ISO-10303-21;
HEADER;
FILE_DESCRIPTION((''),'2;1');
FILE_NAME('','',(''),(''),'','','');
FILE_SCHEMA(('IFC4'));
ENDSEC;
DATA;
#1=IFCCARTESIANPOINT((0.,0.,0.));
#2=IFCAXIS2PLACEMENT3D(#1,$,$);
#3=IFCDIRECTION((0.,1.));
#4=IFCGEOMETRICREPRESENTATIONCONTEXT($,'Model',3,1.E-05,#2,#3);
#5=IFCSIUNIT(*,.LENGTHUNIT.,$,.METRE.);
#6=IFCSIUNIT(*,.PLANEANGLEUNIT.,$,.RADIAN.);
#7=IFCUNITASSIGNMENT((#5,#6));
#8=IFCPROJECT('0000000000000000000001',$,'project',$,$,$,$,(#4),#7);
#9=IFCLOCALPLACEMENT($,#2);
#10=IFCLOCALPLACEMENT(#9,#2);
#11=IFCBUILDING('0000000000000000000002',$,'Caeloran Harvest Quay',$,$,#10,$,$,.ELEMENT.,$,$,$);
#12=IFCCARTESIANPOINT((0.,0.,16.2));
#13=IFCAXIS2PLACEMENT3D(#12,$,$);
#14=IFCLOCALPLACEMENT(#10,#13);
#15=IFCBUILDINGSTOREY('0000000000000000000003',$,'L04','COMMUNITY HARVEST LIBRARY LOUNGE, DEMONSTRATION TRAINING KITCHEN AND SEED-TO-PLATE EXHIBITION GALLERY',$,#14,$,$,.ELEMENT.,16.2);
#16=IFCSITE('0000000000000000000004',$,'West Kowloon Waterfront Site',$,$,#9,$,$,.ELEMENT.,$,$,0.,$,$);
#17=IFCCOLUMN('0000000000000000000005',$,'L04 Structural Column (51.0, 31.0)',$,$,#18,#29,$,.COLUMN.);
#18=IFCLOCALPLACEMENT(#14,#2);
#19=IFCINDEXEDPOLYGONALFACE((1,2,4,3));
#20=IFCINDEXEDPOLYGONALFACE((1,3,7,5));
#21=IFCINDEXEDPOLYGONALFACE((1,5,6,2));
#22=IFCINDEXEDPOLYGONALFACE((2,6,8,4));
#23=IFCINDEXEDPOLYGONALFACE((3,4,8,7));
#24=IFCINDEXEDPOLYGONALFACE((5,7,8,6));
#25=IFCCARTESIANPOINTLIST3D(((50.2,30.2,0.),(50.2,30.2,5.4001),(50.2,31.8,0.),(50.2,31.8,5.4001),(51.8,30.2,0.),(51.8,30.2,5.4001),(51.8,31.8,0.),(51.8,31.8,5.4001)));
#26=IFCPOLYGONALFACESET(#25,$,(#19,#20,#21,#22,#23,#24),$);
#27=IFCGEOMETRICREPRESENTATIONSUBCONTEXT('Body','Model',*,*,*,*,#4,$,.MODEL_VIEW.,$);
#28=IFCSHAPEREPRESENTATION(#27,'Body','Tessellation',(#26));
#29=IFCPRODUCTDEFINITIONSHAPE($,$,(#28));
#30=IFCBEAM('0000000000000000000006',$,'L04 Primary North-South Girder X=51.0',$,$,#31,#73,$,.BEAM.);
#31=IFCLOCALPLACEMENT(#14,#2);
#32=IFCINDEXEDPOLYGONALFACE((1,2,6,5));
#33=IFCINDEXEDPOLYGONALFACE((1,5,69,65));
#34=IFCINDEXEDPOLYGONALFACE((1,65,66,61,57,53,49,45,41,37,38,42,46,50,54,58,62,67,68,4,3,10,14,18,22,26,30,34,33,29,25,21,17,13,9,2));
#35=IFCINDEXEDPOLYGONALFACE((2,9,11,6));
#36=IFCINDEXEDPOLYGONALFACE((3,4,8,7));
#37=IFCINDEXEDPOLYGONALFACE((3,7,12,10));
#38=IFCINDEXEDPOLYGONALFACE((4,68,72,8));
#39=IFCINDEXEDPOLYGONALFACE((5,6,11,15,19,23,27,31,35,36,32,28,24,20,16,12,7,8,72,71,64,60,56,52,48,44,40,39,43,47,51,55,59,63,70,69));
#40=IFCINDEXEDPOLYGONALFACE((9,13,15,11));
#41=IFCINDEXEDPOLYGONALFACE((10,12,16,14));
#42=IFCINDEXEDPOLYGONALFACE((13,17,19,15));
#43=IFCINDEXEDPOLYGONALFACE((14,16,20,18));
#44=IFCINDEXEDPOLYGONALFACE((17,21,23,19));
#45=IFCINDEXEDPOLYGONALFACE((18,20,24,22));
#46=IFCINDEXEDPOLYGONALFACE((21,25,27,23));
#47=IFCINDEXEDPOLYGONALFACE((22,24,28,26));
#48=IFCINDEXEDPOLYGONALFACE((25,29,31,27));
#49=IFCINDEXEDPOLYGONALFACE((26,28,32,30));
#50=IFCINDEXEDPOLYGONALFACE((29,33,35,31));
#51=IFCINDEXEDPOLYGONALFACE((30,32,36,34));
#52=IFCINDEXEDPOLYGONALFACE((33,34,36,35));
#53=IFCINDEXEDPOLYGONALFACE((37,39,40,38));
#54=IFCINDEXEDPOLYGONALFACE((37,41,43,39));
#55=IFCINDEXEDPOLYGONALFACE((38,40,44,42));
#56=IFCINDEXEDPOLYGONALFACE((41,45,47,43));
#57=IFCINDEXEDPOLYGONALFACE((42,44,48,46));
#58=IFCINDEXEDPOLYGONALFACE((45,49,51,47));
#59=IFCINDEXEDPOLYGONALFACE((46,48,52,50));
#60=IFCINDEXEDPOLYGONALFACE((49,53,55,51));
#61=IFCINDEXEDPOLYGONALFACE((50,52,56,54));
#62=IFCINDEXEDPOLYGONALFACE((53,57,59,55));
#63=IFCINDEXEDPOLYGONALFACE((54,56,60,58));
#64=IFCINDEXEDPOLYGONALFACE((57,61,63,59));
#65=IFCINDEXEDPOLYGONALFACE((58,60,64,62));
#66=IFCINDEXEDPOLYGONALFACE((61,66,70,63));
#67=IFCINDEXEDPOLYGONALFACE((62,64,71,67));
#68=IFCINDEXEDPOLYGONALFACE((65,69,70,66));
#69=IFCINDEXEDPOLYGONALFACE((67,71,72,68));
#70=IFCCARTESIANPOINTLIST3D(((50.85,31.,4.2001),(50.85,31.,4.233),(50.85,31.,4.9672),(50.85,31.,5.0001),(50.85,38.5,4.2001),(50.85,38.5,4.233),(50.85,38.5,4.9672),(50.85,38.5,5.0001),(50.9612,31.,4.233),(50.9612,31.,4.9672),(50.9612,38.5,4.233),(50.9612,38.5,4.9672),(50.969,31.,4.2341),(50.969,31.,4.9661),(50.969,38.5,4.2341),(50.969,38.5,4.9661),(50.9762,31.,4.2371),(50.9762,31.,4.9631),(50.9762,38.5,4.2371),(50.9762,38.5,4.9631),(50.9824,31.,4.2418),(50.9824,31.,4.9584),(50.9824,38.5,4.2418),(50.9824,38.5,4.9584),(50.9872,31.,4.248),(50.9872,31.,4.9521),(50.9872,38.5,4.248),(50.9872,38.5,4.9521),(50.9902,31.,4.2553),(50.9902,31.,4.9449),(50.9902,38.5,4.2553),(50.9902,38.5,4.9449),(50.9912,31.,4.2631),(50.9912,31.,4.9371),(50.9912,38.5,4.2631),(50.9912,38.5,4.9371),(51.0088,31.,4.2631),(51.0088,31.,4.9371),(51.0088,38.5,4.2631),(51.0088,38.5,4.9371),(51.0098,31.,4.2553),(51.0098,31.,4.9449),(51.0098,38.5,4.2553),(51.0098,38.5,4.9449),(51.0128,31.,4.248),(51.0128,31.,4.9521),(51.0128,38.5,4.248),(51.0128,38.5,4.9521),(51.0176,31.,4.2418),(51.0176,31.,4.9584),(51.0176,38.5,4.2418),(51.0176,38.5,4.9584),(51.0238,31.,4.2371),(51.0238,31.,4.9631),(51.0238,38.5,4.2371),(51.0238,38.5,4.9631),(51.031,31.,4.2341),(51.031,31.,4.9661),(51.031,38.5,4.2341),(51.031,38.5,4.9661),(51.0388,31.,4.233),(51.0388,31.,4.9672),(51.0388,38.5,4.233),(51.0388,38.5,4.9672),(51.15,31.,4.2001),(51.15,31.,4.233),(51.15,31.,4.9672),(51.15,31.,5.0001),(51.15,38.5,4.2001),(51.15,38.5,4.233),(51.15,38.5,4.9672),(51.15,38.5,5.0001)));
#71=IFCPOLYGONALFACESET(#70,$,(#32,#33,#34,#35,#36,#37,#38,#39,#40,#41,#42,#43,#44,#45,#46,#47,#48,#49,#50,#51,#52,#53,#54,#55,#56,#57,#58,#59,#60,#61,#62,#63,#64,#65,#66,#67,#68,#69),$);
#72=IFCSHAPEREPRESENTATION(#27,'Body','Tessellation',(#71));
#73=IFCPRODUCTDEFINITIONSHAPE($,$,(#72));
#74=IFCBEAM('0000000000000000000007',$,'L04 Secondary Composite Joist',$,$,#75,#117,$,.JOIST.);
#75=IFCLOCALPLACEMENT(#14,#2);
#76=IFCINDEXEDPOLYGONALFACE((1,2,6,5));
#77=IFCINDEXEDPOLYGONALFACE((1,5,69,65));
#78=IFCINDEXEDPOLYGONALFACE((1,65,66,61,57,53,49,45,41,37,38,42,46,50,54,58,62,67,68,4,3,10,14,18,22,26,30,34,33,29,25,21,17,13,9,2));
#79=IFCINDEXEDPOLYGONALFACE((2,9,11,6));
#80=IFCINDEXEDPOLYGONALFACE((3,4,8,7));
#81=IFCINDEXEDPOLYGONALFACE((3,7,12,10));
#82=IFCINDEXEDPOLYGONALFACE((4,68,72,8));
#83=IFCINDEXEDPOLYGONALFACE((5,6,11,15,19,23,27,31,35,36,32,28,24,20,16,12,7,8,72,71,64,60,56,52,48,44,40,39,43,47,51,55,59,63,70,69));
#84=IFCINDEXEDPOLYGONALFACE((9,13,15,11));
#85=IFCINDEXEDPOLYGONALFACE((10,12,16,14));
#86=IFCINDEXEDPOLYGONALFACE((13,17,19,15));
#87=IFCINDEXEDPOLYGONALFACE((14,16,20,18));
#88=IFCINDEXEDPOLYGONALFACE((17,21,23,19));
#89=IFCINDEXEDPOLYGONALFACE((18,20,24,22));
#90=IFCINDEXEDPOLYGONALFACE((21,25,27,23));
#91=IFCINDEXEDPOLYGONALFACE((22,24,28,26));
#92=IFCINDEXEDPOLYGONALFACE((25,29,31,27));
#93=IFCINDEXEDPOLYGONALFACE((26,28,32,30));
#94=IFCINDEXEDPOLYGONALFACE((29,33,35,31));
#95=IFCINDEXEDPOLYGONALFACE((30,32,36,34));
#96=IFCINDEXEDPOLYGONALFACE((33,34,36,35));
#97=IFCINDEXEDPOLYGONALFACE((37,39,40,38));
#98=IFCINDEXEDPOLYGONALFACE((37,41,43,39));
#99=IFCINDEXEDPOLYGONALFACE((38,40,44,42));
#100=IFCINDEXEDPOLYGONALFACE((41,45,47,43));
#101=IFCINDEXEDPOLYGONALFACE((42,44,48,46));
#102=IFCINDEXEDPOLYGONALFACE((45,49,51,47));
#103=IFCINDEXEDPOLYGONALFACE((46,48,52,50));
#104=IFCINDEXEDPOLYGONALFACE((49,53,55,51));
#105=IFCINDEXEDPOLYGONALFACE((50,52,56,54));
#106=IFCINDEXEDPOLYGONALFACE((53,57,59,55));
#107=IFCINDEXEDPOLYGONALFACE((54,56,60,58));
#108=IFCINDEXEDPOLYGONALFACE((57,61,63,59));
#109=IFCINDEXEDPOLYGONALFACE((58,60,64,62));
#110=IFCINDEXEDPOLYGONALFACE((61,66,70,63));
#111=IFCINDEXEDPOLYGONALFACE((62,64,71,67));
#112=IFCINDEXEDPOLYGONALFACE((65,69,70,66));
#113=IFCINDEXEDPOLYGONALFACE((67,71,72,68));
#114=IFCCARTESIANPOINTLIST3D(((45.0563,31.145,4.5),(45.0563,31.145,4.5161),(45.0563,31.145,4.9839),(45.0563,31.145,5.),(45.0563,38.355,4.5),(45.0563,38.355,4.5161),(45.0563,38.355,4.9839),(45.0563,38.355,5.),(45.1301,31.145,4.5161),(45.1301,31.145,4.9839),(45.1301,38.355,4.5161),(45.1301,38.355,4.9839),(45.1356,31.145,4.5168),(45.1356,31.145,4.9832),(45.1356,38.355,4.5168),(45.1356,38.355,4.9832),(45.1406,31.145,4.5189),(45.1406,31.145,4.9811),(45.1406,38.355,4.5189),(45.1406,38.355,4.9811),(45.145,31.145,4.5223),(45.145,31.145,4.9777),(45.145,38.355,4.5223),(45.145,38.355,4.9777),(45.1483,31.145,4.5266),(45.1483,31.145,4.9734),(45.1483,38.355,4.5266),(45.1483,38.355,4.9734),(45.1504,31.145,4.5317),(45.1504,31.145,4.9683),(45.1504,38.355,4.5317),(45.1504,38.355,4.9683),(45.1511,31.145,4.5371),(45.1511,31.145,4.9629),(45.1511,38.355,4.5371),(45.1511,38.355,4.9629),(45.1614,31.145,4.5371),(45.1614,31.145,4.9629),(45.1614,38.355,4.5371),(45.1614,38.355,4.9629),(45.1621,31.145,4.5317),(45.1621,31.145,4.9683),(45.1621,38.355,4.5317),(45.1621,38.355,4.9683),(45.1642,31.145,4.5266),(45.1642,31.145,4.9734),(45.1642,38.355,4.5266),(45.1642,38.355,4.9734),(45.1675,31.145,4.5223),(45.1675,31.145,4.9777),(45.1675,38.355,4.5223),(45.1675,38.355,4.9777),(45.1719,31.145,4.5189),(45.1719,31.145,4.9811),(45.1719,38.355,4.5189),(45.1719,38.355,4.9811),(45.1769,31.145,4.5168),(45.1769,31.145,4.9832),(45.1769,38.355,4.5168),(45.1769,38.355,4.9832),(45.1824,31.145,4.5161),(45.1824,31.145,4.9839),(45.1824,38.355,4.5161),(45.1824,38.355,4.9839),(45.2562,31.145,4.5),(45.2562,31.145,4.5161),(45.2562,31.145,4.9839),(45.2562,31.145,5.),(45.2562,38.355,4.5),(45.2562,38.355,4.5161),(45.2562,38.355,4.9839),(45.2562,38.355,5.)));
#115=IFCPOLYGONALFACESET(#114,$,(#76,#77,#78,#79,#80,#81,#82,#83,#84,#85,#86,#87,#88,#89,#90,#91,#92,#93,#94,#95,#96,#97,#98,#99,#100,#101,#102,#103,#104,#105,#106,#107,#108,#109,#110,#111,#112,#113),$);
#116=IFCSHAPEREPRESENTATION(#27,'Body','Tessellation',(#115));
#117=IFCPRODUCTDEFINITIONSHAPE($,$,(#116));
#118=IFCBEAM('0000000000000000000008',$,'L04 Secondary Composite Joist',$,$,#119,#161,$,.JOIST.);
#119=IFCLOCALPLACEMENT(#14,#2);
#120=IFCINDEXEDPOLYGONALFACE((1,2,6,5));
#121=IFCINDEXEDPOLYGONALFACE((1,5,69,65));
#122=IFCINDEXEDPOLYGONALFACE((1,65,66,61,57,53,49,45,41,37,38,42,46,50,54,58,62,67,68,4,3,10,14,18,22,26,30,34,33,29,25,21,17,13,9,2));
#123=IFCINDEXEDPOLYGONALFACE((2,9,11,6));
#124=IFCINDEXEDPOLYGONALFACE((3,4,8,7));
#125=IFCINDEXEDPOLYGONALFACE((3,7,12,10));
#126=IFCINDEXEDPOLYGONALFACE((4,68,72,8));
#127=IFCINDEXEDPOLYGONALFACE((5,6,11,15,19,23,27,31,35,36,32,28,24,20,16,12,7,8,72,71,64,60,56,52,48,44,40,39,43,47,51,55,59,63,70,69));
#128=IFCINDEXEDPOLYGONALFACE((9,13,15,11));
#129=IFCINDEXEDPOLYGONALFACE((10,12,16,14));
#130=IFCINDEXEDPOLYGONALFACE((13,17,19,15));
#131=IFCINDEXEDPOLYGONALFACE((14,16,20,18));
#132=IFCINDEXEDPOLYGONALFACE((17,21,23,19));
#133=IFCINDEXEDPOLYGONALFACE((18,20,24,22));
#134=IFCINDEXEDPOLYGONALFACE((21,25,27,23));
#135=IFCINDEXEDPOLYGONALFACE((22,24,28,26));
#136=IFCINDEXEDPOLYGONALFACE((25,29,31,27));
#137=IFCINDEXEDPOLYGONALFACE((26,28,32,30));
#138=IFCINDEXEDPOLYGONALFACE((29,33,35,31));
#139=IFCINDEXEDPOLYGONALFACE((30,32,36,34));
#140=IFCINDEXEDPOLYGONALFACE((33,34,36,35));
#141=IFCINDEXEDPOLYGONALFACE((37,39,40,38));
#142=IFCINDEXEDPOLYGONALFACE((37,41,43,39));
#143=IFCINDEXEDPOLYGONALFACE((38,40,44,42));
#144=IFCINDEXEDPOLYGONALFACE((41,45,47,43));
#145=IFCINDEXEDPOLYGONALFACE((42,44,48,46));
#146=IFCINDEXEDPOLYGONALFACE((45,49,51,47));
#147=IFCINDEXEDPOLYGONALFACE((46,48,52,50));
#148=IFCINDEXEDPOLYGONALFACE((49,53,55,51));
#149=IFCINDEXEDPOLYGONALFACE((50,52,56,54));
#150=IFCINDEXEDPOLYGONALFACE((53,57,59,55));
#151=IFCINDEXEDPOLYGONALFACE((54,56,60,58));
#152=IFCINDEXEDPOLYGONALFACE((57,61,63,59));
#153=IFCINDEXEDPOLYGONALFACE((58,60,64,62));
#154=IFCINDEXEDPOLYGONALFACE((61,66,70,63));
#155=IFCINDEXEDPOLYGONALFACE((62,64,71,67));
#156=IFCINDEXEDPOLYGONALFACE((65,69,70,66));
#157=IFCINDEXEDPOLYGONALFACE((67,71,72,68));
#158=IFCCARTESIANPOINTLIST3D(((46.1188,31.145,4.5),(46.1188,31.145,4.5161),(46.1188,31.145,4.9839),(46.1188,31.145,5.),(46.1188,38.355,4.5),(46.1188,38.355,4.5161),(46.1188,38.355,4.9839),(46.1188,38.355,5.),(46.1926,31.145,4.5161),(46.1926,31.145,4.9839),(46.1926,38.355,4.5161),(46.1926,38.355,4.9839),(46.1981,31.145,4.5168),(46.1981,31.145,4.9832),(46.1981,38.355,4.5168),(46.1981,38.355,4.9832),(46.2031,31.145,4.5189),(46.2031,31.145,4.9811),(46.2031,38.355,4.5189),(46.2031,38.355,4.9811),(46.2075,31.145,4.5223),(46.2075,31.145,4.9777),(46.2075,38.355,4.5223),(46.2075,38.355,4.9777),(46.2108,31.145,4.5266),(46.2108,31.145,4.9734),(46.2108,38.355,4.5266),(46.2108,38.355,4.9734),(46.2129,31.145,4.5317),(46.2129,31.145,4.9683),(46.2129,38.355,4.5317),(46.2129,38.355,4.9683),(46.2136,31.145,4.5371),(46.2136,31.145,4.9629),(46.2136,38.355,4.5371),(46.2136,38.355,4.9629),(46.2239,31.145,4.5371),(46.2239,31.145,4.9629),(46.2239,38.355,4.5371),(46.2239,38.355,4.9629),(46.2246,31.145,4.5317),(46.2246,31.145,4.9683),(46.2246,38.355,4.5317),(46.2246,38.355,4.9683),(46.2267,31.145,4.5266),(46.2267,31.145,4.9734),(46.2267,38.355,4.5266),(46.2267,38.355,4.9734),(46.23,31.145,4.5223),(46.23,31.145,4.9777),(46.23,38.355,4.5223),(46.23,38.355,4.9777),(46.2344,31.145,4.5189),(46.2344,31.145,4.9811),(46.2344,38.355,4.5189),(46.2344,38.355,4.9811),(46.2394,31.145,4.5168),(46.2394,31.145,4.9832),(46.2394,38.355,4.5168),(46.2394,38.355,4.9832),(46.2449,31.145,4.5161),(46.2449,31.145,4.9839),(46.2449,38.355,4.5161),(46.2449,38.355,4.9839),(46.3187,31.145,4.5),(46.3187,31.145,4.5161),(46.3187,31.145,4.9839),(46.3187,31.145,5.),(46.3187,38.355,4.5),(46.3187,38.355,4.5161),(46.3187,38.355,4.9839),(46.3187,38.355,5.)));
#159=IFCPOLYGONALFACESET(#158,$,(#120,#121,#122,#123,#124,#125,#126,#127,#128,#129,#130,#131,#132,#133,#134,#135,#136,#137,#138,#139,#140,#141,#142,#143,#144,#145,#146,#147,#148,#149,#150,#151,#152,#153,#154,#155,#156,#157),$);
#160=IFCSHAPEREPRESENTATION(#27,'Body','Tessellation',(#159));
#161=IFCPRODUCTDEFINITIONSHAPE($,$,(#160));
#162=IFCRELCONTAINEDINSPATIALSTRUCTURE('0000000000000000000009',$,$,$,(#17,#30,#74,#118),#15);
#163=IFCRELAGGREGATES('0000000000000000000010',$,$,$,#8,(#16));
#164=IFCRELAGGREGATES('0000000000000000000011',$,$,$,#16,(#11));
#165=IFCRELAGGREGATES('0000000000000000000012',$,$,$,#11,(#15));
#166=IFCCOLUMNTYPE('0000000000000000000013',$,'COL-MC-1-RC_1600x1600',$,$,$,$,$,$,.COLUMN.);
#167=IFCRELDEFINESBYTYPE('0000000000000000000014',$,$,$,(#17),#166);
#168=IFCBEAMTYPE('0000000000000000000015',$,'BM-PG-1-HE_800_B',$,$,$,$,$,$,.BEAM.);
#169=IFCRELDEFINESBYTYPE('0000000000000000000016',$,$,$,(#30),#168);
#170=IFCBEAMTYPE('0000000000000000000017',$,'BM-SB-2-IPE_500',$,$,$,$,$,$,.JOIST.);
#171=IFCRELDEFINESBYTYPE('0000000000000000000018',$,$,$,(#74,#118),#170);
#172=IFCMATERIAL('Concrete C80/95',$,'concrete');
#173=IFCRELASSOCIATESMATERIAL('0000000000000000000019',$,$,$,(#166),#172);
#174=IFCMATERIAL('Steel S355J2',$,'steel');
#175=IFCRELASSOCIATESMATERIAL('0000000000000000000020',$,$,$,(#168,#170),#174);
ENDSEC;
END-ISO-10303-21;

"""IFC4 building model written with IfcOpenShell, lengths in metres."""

from ifc_helpers import new_model, si_unit, direction, frame, origin, origin_2d, place, context, subcontext, project, spatial, rectangle, i_section, extrude, material, material_profile, profile_set, type_object, element, save


model = new_model("IFC4")

# Units and contexts
model_context = context("Model", 3, precision=1e-05, world=origin(), true_north=direction((0.0, 1.0)))
body_context = subcontext(model_context, "Body", "Model", "MODEL_VIEW")
ifc_project = project(units=[si_unit("LENGTHUNIT", "METRE"), si_unit("PLANEANGLEUNIT", "RADIAN")], contexts=[model_context])

# Site, building, storey
site_placement = place(None, origin())
site = spatial("IfcSite", under=ifc_project, at=site_placement, Name="West Kowloon Waterfront Site", CompositionType="ELEMENT", RefElevation=0.0)
building_placement = place(site_placement, origin())
building = spatial("IfcBuilding", under=site, at=building_placement, Name="Caeloran Harvest Quay", CompositionType="ELEMENT")
storey_placement = place(building_placement, frame((0.0, 0.0, 16.2)))
storey = spatial("IfcBuildingStorey", under=building, at=storey_placement, Name="L04", Description="COMMUNITY HARVEST LIBRARY LOUNGE, DEMONSTRATION TRAINING KITCHEN AND SEED-TO-PLATE EXHIBITION GALLERY", CompositionType="ELEMENT", Elevation=16.2)

# Column
ifc_material_1 = material(Name="Concrete C80/95", Category="concrete")
ifc_material_profile_1 = material_profile(ifc_material_1, rectangle(XDim=1.6001, YDim=1.6001, at=origin_2d()), Name="RC 1600x1600")
ifc_profile_set_1 = profile_set([ifc_material_profile_1], Name="Concrete C80/95")
column_type = type_object("IfcColumnType", Name="COL-MC-1-RC_1600x1600", PredefinedType="COLUMN", material=ifc_profile_set_1)
column_placement = place(storey_placement, frame((51.0, 31.0, 0.0), z_axis=(0.0, 0.0, 1.0), x_axis=(1.0, 0.0, 0.0)))
element("IfcColumn", 1, at=column_placement, inside=storey, type_object=column_type, Name="L04 Structural Column (51.0, 31.0)", PredefinedType="COLUMN", context=body_context, shape_type="SweptSolid", body=[
    extrude(rectangle(XDim=1.6001, YDim=1.6001, at=origin_2d()), origin(), (0.0, 0.0, 1.0), 5.4001),
])

# Beams
ifc_material_2 = material(Name="Steel S355J2", Category="steel")
ifc_material_profile_2 = material_profile(ifc_material_2, i_section(OverallWidth=0.3, OverallDepth=0.8, WebThickness=0.0176, FlangeThickness=0.033, FilletRadius=0.03, at=origin_2d()), Name="HE 800 B")
ifc_profile_set_2 = profile_set([ifc_material_profile_2], Name="Steel S355J2")
beam_type_1 = type_object("IfcBeamType", Name="BM-PG-1-HE_800_B", PredefinedType="BEAM", material=ifc_profile_set_2)
beam_placement = place(storey_placement, frame((51.0, 31.0, 4.6001), z_axis=(0.0, 1.0, 0.0), x_axis=(-1.0, 0.0, 0.0)))
element("IfcBeam", 2, at=beam_placement, inside=storey, type_object=beam_type_1, Name="L04 Primary North-South Girder X=51.0", PredefinedType="BEAM", context=body_context, shape_type="SweptSolid", body=[
    extrude(i_section(OverallWidth=0.3, OverallDepth=0.8, WebThickness=0.0176, FlangeThickness=0.033, FilletRadius=0.03, at=origin_2d()), origin(), (0.0, 0.0, 1.0), 7.5),
])
ifc_material_profile_3 = material_profile(ifc_material_2, i_section(OverallWidth=0.2, OverallDepth=0.5, WebThickness=0.0103, FlangeThickness=0.0161, FilletRadius=0.021, at=origin_2d()), Name="IPE 500")
ifc_profile_set_3 = profile_set([ifc_material_profile_3], Name="Steel S355J2")
beam_type_2 = type_object("IfcBeamType", Name="BM-SB-2-IPE_500", PredefinedType="JOIST", material=ifc_profile_set_3)
for number, where, z_axis, x_axis, name in (
    (3, (45.1562, 31.145, 4.75), (0.0, 1.0, 0.0), (-1.0, 0.0, 0.0), "L04 Secondary Composite Joist"),
    (4, (46.2188, 31.145, 4.75), (0.0, 1.0, 0.0), (-1.0, 0.0, 0.0), "L04 Secondary Composite Joist"),
):
    element("IfcBeam", number, at=place(storey_placement, frame(where, z_axis=z_axis, x_axis=x_axis)), inside=storey, type_object=beam_type_2, Name=name, PredefinedType="JOIST", context=body_context, shape_type="SweptSolid", body=[
        extrude(i_section(OverallWidth=0.2, OverallDepth=0.5, WebThickness=0.0103, FlangeThickness=0.0161, FilletRadius=0.021, at=origin_2d()), origin(), (0.0, 0.0, 1.0), 7.21),
    ])

save(model, "model.ifc")
